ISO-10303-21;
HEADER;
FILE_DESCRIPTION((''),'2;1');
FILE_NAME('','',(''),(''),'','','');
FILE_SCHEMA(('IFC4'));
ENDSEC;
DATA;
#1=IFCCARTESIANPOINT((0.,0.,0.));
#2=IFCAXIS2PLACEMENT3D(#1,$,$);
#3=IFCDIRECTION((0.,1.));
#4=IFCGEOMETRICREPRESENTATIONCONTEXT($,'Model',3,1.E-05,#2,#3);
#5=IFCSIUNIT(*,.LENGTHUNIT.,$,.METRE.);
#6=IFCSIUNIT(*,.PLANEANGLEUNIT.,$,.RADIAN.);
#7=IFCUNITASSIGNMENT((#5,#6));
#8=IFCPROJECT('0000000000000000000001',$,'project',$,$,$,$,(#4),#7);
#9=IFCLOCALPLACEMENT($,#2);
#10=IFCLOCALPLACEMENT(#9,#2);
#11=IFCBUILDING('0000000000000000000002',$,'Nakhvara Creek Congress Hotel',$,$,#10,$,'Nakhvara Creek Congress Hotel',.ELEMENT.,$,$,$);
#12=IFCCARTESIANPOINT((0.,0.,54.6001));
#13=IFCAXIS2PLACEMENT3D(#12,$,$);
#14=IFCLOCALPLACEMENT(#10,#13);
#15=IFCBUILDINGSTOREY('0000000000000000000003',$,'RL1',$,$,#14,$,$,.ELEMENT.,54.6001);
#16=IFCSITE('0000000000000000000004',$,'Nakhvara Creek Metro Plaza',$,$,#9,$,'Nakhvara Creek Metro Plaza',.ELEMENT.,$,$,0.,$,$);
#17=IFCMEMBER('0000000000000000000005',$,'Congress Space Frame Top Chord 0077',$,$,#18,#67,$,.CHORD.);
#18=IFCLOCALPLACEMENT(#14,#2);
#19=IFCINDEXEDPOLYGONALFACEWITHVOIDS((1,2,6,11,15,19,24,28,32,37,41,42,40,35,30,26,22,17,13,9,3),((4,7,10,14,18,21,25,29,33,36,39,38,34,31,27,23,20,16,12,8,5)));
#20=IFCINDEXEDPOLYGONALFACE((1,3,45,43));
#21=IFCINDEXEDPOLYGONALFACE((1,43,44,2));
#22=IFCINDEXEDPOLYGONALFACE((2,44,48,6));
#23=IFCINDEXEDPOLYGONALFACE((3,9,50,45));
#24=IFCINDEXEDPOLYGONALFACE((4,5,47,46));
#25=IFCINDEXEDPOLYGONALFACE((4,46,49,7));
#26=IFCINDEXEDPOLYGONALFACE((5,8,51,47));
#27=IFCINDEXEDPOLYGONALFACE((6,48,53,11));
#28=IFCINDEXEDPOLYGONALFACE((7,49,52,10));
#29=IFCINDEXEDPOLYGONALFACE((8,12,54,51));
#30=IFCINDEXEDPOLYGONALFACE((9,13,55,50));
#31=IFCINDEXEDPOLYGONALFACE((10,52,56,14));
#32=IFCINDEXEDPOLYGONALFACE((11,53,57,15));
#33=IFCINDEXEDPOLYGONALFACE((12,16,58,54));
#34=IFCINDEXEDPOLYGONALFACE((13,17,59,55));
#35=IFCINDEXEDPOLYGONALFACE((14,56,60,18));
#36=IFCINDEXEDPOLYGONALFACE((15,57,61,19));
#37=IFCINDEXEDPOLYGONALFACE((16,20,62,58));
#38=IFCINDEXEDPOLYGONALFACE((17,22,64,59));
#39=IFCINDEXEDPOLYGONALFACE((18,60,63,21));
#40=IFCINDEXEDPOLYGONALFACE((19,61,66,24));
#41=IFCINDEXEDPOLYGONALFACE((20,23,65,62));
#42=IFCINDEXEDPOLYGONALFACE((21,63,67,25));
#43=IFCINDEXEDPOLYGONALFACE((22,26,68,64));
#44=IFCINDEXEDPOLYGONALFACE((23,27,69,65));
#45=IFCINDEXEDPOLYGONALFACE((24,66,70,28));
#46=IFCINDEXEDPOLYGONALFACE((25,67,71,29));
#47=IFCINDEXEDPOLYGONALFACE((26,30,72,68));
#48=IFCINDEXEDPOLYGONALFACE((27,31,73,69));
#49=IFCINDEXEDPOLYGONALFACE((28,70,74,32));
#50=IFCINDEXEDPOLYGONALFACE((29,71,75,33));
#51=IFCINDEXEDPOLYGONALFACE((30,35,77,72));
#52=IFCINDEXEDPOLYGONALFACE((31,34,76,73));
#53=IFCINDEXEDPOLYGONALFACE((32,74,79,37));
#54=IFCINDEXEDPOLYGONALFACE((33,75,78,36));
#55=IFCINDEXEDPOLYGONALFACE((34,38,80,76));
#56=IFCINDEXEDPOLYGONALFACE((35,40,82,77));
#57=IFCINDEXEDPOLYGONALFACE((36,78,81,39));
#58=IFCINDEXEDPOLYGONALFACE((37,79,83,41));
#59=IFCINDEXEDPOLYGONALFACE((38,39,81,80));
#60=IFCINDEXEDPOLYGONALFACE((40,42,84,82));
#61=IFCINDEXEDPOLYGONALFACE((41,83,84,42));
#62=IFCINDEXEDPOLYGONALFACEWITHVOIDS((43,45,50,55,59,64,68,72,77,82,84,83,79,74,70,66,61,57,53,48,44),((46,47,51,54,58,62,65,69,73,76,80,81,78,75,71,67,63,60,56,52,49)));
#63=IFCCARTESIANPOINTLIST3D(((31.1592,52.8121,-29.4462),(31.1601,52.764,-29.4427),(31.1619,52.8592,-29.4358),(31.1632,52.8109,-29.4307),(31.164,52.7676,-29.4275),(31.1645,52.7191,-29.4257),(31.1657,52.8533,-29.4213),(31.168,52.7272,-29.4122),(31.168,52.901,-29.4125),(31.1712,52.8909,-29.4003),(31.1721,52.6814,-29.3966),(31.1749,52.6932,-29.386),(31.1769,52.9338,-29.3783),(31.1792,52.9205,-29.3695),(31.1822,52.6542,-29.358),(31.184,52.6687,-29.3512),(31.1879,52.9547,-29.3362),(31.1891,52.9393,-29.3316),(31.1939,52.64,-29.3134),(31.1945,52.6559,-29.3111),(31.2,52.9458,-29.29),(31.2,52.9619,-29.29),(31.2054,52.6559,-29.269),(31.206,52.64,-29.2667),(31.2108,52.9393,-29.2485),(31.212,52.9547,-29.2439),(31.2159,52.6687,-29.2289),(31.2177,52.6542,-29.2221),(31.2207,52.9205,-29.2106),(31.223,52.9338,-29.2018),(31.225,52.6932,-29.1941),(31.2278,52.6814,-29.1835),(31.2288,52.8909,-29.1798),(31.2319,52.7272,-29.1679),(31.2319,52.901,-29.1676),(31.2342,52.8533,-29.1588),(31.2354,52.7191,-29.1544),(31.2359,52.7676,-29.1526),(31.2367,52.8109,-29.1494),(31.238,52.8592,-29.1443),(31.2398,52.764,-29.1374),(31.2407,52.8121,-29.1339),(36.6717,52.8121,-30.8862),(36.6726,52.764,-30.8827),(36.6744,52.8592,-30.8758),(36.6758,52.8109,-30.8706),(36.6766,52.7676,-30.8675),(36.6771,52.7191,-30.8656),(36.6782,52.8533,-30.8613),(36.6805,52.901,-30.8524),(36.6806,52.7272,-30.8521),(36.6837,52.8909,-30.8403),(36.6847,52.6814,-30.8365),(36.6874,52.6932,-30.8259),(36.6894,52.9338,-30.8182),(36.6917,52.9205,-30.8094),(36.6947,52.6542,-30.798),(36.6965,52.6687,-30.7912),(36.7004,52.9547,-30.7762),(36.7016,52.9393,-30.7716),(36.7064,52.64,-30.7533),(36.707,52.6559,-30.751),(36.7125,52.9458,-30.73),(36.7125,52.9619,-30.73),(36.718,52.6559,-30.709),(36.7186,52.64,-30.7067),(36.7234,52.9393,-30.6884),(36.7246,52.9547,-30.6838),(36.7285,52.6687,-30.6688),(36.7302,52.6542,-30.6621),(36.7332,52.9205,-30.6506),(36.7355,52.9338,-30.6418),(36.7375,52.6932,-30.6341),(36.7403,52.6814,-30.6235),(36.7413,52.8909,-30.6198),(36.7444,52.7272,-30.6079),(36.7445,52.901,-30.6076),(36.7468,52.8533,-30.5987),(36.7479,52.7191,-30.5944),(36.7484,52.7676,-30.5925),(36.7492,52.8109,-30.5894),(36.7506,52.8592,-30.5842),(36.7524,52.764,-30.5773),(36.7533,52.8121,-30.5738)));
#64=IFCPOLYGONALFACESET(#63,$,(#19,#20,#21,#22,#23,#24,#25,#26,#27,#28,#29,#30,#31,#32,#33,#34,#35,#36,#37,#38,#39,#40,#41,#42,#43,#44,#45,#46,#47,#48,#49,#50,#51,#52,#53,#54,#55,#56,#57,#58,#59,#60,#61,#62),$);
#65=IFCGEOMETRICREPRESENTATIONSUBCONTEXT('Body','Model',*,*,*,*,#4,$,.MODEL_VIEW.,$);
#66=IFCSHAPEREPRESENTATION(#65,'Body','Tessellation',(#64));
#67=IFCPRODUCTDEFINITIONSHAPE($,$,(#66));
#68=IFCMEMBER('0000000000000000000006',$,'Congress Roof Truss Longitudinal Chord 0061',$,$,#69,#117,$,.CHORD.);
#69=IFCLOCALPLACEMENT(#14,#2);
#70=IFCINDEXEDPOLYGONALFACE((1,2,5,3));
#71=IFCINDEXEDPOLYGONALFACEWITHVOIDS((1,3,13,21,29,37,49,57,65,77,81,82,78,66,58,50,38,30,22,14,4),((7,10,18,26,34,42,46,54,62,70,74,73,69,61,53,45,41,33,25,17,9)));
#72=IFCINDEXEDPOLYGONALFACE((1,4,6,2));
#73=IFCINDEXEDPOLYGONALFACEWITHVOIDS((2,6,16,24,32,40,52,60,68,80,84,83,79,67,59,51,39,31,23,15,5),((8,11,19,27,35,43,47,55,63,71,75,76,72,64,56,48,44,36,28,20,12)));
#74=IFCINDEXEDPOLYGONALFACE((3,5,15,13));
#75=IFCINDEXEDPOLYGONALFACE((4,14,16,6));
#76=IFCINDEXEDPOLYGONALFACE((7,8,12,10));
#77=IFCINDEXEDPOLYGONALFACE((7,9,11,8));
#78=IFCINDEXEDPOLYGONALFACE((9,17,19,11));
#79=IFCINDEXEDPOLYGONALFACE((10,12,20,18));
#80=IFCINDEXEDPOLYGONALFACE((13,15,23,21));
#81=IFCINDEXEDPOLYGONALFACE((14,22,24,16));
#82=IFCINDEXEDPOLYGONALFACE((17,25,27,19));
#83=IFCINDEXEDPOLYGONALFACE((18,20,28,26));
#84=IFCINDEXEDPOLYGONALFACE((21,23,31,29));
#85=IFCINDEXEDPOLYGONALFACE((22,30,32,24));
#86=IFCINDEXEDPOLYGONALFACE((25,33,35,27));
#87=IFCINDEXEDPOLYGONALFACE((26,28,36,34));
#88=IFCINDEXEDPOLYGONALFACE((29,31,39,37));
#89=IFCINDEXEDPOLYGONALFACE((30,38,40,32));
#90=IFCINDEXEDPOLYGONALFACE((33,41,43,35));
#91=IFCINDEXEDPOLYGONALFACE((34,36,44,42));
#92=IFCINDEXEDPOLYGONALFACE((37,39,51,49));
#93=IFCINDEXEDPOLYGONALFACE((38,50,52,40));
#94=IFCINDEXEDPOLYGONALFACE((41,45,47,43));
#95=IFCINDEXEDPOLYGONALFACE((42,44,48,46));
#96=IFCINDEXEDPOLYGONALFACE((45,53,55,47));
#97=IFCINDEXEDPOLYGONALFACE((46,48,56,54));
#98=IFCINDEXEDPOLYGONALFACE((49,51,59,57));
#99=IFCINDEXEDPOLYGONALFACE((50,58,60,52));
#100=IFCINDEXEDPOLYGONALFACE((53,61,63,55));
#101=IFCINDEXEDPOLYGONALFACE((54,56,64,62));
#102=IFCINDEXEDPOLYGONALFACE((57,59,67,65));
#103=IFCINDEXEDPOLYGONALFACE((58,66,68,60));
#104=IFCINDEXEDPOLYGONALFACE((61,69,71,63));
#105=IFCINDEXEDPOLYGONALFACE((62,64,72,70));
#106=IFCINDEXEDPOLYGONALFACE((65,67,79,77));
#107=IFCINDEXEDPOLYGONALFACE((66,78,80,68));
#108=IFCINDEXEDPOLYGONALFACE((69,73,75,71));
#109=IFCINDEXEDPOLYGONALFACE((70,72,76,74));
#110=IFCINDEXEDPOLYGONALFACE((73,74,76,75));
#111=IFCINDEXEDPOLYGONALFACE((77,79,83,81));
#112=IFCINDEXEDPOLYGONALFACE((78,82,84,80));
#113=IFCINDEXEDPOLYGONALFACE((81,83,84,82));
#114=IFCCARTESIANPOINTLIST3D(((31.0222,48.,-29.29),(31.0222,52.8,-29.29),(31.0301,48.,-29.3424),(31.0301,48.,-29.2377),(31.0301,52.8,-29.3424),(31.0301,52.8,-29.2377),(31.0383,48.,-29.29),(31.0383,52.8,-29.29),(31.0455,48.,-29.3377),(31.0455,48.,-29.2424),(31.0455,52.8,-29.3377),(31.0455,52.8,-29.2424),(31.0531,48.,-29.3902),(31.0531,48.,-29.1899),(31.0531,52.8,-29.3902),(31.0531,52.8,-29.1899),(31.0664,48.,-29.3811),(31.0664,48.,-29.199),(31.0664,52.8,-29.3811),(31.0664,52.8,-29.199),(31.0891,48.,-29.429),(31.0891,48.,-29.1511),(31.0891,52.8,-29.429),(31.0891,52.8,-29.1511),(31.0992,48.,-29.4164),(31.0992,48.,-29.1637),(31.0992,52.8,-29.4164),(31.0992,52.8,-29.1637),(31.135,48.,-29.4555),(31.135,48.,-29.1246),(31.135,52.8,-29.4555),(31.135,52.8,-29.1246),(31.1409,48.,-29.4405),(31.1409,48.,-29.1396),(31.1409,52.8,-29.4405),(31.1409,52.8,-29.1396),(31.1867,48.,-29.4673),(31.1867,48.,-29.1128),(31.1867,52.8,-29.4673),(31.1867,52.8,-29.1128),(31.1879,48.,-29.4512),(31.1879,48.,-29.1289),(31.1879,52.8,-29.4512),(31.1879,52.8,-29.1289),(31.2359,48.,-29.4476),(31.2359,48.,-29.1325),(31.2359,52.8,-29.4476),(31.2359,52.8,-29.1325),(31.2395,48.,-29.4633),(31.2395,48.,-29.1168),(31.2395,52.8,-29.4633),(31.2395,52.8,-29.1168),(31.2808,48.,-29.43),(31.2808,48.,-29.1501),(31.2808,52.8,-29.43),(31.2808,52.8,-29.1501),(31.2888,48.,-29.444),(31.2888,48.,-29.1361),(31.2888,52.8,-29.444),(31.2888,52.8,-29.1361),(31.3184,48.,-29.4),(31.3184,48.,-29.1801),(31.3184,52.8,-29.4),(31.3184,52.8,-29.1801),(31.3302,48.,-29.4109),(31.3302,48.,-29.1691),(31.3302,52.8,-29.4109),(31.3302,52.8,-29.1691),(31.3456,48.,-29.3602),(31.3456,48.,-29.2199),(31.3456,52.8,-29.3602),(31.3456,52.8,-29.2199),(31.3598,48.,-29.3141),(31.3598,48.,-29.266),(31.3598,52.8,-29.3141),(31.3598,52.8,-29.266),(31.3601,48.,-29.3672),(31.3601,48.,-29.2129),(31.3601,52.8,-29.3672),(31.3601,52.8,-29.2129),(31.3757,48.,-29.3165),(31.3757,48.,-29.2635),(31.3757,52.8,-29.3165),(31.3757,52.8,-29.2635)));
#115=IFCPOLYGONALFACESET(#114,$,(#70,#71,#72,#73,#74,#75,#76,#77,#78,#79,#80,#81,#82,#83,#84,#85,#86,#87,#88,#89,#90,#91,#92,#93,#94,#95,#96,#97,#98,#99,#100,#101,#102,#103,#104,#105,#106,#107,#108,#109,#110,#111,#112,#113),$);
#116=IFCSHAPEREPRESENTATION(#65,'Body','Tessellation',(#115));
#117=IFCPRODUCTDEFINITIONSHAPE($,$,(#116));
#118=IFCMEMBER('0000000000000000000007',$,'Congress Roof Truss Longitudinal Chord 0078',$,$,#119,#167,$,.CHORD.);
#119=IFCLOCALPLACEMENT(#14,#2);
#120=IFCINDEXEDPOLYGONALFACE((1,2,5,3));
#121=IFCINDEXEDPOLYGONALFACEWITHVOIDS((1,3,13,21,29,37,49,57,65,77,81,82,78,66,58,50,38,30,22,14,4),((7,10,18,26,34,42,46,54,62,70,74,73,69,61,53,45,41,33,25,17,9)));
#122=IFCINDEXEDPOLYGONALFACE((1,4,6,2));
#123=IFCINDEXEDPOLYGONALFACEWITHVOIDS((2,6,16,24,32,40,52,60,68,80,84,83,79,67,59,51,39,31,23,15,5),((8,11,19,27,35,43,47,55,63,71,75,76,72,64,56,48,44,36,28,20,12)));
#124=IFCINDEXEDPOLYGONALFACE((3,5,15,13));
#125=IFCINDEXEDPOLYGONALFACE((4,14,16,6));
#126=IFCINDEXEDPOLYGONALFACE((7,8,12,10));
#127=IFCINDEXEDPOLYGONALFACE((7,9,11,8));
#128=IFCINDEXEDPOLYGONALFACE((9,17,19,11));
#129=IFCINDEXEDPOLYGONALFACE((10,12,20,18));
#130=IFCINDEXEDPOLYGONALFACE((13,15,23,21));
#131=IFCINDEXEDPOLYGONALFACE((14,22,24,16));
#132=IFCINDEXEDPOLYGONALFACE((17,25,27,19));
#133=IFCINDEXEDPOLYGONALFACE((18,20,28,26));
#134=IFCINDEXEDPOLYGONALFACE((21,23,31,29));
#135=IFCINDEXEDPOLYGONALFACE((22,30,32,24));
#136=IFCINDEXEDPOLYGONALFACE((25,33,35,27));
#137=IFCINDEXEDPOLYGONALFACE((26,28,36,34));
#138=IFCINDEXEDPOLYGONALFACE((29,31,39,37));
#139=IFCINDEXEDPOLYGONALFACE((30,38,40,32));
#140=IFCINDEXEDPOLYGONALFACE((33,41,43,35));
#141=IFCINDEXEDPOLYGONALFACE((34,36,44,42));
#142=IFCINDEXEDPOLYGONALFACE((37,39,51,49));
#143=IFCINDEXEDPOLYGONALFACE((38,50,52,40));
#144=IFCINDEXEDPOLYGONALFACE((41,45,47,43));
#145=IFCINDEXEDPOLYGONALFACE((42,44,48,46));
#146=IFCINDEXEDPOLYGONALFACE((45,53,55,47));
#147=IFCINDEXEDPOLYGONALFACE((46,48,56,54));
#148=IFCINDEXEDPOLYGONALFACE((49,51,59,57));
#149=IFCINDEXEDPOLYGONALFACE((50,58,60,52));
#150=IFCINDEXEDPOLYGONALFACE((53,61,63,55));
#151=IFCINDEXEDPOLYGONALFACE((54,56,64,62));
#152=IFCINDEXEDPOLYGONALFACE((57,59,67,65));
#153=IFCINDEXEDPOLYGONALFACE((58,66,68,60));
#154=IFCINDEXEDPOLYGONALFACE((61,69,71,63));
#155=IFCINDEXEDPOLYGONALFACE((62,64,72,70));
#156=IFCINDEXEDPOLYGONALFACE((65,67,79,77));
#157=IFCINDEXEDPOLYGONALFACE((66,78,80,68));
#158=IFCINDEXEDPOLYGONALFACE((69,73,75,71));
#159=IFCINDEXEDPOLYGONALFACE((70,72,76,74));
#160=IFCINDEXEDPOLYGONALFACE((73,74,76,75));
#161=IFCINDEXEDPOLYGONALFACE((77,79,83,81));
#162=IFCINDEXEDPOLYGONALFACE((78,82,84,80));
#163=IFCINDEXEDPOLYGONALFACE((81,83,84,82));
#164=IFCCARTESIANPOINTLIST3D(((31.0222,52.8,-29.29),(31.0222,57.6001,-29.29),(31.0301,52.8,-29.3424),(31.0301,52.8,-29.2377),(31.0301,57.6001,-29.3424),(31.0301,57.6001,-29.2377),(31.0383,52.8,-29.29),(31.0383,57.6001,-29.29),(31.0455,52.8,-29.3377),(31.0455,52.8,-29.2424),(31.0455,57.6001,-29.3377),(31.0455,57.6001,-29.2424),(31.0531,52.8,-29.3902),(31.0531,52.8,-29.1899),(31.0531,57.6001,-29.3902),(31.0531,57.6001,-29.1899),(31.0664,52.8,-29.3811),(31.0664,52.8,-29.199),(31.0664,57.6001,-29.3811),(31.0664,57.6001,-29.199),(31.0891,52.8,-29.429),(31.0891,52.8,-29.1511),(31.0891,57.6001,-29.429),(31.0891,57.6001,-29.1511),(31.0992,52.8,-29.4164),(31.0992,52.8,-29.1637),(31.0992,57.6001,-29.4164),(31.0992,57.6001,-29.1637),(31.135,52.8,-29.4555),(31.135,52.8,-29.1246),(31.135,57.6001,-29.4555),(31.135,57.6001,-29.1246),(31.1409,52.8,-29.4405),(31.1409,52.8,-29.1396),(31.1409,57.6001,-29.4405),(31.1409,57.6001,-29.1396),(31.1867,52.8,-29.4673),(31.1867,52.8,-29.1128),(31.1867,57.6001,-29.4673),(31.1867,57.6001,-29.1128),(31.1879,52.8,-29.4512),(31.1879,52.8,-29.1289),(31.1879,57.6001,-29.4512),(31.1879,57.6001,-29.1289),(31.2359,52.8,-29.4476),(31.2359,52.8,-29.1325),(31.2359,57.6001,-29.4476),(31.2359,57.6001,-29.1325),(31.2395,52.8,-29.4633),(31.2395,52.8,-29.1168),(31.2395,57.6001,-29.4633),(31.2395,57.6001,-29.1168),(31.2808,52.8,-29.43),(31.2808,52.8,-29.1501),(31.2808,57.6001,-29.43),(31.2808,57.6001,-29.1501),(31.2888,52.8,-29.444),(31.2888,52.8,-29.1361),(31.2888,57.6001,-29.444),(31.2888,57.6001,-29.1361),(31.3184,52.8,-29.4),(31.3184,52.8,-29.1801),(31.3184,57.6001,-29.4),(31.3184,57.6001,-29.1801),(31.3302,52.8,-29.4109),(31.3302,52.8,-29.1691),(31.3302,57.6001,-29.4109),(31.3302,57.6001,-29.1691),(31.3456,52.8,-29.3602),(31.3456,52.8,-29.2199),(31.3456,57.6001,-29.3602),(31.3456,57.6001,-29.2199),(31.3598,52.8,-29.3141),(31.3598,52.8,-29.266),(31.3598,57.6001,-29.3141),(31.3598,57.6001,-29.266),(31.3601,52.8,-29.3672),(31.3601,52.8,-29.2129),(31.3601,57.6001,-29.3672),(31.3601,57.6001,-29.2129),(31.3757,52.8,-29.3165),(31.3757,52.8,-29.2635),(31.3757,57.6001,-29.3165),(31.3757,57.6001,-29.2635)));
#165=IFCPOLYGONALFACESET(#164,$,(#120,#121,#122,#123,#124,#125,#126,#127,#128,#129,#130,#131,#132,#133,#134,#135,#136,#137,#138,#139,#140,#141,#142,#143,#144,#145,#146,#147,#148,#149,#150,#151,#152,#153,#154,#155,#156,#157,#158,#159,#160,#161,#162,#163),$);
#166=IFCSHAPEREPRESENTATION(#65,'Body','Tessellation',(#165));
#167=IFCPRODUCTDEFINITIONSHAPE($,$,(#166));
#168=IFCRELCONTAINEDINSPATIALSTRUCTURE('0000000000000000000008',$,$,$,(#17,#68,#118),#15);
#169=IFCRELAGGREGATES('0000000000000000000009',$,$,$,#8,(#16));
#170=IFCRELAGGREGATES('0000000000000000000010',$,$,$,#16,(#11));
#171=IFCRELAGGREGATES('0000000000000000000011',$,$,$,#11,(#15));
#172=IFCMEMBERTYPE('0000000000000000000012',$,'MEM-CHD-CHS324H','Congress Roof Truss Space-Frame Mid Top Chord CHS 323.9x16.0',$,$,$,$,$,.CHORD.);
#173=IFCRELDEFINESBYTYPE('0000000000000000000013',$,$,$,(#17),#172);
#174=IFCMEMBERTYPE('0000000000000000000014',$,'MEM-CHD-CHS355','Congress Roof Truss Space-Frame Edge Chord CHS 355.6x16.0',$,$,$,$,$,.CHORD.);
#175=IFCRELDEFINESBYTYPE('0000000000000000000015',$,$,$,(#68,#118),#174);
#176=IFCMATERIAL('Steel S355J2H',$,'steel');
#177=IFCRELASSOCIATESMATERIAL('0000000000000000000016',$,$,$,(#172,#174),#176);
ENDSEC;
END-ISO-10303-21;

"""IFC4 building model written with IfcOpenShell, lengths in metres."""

from ifc_helpers import new_model, si_unit, direction, frame, origin, origin_2d, place, context, subcontext, project, spatial, hollow_circle, extrude, material, material_profile, profile_set, type_object, element, save


model = new_model("IFC4")

# Units and contexts
model_context = context("Model", 3, precision=1e-05, world=origin(), true_north=direction((0.0, 1.0)))
body_context = subcontext(model_context, "Body", "Model", "MODEL_VIEW")
ifc_project = project(units=[si_unit("LENGTHUNIT", "METRE"), si_unit("PLANEANGLEUNIT", "RADIAN")], contexts=[model_context])

# Site, building, storey
site_placement = place(None, origin())
site = spatial("IfcSite", under=ifc_project, at=site_placement, Name="Nakhvara Creek Metro Plaza", LongName="Nakhvara Creek Metro Plaza", CompositionType="ELEMENT", RefElevation=0.0)
building_placement = place(site_placement, origin())
building = spatial("IfcBuilding", under=site, at=building_placement, Name="Nakhvara Creek Congress Hotel", LongName="Nakhvara Creek Congress Hotel", CompositionType="ELEMENT")
storey_placement = place(building_placement, frame((0.0, 0.0, 54.6001)))
storey = spatial("IfcBuildingStorey", under=building, at=storey_placement, Name="RL1", CompositionType="ELEMENT", Elevation=54.6001)

# Members
ifc_material_1 = material(Name="Steel S355J2H", Category="steel")
ifc_material_profile_1 = material_profile(ifc_material_1, hollow_circle(Radius=0.1619, WallThickness=0.0161, at=origin_2d()), Name="CHS 323.9x16.0", Category="LoadBearing")
ifc_profile_set_1 = profile_set([ifc_material_profile_1], Name="Steel S355J2H")
member_type_1 = type_object("IfcMemberType", Name="MEM-CHD-CHS324H", Description="Congress Roof Truss Space-Frame Mid Top Chord CHS 323.9x16.0", PredefinedType="CHORD", material=ifc_profile_set_1)
for number, where, z_axis, x_axis, name in (
    (1, (31.2, 52.8, -29.29), (0.967535, 0.0, -0.252736), (0.0, 1.0, 0.0), "Congress Space Frame Top Chord 0077"),
):
    element("IfcMember", number, at=place(storey_placement, frame(where, z_axis=z_axis, x_axis=x_axis)), inside=storey, type_object=member_type_1, Name=name, PredefinedType="CHORD", context=body_context, shape_type="SweptSolid", body=[
        extrude(hollow_circle(Radius=0.1619, WallThickness=0.0161, at=origin_2d()), origin(), (0.0, 0.0, 1.0), 5.6975),
    ])
ifc_material_profile_2 = material_profile(ifc_material_1, hollow_circle(Radius=0.1777, WallThickness=0.0161, at=origin_2d()), Name="CHS 355.6x16.0", Category="LoadBearing")
ifc_profile_set_2 = profile_set([ifc_material_profile_2], Name="Steel S355J2H")
member_type_2 = type_object("IfcMemberType", Name="MEM-CHD-CHS355", Description="Congress Roof Truss Space-Frame Edge Chord CHS 355.6x16.0", PredefinedType="CHORD", material=ifc_profile_set_2)
for number, where, z_axis, x_axis, name in (
    (2, (31.2, 48.0, -29.29), (0.0, 1.0, 0.0), (-1.0, 0.0, 0.0), "Congress Roof Truss Longitudinal Chord 0061"),
    (3, (31.2, 52.8, -29.29), (0.0, 1.0, 0.0), (-1.0, 0.0, 0.0), "Congress Roof Truss Longitudinal Chord 0078"),
):
    element("IfcMember", number, at=place(storey_placement, frame(where, z_axis=z_axis, x_axis=x_axis)), inside=storey, type_object=member_type_2, Name=name, PredefinedType="CHORD", context=body_context, shape_type="SweptSolid", body=[
        extrude(hollow_circle(Radius=0.1777, WallThickness=0.0161, at=origin_2d()), origin(), (0.0, 0.0, 1.0), 4.8),
    ])

save(model, "model.ifc")
